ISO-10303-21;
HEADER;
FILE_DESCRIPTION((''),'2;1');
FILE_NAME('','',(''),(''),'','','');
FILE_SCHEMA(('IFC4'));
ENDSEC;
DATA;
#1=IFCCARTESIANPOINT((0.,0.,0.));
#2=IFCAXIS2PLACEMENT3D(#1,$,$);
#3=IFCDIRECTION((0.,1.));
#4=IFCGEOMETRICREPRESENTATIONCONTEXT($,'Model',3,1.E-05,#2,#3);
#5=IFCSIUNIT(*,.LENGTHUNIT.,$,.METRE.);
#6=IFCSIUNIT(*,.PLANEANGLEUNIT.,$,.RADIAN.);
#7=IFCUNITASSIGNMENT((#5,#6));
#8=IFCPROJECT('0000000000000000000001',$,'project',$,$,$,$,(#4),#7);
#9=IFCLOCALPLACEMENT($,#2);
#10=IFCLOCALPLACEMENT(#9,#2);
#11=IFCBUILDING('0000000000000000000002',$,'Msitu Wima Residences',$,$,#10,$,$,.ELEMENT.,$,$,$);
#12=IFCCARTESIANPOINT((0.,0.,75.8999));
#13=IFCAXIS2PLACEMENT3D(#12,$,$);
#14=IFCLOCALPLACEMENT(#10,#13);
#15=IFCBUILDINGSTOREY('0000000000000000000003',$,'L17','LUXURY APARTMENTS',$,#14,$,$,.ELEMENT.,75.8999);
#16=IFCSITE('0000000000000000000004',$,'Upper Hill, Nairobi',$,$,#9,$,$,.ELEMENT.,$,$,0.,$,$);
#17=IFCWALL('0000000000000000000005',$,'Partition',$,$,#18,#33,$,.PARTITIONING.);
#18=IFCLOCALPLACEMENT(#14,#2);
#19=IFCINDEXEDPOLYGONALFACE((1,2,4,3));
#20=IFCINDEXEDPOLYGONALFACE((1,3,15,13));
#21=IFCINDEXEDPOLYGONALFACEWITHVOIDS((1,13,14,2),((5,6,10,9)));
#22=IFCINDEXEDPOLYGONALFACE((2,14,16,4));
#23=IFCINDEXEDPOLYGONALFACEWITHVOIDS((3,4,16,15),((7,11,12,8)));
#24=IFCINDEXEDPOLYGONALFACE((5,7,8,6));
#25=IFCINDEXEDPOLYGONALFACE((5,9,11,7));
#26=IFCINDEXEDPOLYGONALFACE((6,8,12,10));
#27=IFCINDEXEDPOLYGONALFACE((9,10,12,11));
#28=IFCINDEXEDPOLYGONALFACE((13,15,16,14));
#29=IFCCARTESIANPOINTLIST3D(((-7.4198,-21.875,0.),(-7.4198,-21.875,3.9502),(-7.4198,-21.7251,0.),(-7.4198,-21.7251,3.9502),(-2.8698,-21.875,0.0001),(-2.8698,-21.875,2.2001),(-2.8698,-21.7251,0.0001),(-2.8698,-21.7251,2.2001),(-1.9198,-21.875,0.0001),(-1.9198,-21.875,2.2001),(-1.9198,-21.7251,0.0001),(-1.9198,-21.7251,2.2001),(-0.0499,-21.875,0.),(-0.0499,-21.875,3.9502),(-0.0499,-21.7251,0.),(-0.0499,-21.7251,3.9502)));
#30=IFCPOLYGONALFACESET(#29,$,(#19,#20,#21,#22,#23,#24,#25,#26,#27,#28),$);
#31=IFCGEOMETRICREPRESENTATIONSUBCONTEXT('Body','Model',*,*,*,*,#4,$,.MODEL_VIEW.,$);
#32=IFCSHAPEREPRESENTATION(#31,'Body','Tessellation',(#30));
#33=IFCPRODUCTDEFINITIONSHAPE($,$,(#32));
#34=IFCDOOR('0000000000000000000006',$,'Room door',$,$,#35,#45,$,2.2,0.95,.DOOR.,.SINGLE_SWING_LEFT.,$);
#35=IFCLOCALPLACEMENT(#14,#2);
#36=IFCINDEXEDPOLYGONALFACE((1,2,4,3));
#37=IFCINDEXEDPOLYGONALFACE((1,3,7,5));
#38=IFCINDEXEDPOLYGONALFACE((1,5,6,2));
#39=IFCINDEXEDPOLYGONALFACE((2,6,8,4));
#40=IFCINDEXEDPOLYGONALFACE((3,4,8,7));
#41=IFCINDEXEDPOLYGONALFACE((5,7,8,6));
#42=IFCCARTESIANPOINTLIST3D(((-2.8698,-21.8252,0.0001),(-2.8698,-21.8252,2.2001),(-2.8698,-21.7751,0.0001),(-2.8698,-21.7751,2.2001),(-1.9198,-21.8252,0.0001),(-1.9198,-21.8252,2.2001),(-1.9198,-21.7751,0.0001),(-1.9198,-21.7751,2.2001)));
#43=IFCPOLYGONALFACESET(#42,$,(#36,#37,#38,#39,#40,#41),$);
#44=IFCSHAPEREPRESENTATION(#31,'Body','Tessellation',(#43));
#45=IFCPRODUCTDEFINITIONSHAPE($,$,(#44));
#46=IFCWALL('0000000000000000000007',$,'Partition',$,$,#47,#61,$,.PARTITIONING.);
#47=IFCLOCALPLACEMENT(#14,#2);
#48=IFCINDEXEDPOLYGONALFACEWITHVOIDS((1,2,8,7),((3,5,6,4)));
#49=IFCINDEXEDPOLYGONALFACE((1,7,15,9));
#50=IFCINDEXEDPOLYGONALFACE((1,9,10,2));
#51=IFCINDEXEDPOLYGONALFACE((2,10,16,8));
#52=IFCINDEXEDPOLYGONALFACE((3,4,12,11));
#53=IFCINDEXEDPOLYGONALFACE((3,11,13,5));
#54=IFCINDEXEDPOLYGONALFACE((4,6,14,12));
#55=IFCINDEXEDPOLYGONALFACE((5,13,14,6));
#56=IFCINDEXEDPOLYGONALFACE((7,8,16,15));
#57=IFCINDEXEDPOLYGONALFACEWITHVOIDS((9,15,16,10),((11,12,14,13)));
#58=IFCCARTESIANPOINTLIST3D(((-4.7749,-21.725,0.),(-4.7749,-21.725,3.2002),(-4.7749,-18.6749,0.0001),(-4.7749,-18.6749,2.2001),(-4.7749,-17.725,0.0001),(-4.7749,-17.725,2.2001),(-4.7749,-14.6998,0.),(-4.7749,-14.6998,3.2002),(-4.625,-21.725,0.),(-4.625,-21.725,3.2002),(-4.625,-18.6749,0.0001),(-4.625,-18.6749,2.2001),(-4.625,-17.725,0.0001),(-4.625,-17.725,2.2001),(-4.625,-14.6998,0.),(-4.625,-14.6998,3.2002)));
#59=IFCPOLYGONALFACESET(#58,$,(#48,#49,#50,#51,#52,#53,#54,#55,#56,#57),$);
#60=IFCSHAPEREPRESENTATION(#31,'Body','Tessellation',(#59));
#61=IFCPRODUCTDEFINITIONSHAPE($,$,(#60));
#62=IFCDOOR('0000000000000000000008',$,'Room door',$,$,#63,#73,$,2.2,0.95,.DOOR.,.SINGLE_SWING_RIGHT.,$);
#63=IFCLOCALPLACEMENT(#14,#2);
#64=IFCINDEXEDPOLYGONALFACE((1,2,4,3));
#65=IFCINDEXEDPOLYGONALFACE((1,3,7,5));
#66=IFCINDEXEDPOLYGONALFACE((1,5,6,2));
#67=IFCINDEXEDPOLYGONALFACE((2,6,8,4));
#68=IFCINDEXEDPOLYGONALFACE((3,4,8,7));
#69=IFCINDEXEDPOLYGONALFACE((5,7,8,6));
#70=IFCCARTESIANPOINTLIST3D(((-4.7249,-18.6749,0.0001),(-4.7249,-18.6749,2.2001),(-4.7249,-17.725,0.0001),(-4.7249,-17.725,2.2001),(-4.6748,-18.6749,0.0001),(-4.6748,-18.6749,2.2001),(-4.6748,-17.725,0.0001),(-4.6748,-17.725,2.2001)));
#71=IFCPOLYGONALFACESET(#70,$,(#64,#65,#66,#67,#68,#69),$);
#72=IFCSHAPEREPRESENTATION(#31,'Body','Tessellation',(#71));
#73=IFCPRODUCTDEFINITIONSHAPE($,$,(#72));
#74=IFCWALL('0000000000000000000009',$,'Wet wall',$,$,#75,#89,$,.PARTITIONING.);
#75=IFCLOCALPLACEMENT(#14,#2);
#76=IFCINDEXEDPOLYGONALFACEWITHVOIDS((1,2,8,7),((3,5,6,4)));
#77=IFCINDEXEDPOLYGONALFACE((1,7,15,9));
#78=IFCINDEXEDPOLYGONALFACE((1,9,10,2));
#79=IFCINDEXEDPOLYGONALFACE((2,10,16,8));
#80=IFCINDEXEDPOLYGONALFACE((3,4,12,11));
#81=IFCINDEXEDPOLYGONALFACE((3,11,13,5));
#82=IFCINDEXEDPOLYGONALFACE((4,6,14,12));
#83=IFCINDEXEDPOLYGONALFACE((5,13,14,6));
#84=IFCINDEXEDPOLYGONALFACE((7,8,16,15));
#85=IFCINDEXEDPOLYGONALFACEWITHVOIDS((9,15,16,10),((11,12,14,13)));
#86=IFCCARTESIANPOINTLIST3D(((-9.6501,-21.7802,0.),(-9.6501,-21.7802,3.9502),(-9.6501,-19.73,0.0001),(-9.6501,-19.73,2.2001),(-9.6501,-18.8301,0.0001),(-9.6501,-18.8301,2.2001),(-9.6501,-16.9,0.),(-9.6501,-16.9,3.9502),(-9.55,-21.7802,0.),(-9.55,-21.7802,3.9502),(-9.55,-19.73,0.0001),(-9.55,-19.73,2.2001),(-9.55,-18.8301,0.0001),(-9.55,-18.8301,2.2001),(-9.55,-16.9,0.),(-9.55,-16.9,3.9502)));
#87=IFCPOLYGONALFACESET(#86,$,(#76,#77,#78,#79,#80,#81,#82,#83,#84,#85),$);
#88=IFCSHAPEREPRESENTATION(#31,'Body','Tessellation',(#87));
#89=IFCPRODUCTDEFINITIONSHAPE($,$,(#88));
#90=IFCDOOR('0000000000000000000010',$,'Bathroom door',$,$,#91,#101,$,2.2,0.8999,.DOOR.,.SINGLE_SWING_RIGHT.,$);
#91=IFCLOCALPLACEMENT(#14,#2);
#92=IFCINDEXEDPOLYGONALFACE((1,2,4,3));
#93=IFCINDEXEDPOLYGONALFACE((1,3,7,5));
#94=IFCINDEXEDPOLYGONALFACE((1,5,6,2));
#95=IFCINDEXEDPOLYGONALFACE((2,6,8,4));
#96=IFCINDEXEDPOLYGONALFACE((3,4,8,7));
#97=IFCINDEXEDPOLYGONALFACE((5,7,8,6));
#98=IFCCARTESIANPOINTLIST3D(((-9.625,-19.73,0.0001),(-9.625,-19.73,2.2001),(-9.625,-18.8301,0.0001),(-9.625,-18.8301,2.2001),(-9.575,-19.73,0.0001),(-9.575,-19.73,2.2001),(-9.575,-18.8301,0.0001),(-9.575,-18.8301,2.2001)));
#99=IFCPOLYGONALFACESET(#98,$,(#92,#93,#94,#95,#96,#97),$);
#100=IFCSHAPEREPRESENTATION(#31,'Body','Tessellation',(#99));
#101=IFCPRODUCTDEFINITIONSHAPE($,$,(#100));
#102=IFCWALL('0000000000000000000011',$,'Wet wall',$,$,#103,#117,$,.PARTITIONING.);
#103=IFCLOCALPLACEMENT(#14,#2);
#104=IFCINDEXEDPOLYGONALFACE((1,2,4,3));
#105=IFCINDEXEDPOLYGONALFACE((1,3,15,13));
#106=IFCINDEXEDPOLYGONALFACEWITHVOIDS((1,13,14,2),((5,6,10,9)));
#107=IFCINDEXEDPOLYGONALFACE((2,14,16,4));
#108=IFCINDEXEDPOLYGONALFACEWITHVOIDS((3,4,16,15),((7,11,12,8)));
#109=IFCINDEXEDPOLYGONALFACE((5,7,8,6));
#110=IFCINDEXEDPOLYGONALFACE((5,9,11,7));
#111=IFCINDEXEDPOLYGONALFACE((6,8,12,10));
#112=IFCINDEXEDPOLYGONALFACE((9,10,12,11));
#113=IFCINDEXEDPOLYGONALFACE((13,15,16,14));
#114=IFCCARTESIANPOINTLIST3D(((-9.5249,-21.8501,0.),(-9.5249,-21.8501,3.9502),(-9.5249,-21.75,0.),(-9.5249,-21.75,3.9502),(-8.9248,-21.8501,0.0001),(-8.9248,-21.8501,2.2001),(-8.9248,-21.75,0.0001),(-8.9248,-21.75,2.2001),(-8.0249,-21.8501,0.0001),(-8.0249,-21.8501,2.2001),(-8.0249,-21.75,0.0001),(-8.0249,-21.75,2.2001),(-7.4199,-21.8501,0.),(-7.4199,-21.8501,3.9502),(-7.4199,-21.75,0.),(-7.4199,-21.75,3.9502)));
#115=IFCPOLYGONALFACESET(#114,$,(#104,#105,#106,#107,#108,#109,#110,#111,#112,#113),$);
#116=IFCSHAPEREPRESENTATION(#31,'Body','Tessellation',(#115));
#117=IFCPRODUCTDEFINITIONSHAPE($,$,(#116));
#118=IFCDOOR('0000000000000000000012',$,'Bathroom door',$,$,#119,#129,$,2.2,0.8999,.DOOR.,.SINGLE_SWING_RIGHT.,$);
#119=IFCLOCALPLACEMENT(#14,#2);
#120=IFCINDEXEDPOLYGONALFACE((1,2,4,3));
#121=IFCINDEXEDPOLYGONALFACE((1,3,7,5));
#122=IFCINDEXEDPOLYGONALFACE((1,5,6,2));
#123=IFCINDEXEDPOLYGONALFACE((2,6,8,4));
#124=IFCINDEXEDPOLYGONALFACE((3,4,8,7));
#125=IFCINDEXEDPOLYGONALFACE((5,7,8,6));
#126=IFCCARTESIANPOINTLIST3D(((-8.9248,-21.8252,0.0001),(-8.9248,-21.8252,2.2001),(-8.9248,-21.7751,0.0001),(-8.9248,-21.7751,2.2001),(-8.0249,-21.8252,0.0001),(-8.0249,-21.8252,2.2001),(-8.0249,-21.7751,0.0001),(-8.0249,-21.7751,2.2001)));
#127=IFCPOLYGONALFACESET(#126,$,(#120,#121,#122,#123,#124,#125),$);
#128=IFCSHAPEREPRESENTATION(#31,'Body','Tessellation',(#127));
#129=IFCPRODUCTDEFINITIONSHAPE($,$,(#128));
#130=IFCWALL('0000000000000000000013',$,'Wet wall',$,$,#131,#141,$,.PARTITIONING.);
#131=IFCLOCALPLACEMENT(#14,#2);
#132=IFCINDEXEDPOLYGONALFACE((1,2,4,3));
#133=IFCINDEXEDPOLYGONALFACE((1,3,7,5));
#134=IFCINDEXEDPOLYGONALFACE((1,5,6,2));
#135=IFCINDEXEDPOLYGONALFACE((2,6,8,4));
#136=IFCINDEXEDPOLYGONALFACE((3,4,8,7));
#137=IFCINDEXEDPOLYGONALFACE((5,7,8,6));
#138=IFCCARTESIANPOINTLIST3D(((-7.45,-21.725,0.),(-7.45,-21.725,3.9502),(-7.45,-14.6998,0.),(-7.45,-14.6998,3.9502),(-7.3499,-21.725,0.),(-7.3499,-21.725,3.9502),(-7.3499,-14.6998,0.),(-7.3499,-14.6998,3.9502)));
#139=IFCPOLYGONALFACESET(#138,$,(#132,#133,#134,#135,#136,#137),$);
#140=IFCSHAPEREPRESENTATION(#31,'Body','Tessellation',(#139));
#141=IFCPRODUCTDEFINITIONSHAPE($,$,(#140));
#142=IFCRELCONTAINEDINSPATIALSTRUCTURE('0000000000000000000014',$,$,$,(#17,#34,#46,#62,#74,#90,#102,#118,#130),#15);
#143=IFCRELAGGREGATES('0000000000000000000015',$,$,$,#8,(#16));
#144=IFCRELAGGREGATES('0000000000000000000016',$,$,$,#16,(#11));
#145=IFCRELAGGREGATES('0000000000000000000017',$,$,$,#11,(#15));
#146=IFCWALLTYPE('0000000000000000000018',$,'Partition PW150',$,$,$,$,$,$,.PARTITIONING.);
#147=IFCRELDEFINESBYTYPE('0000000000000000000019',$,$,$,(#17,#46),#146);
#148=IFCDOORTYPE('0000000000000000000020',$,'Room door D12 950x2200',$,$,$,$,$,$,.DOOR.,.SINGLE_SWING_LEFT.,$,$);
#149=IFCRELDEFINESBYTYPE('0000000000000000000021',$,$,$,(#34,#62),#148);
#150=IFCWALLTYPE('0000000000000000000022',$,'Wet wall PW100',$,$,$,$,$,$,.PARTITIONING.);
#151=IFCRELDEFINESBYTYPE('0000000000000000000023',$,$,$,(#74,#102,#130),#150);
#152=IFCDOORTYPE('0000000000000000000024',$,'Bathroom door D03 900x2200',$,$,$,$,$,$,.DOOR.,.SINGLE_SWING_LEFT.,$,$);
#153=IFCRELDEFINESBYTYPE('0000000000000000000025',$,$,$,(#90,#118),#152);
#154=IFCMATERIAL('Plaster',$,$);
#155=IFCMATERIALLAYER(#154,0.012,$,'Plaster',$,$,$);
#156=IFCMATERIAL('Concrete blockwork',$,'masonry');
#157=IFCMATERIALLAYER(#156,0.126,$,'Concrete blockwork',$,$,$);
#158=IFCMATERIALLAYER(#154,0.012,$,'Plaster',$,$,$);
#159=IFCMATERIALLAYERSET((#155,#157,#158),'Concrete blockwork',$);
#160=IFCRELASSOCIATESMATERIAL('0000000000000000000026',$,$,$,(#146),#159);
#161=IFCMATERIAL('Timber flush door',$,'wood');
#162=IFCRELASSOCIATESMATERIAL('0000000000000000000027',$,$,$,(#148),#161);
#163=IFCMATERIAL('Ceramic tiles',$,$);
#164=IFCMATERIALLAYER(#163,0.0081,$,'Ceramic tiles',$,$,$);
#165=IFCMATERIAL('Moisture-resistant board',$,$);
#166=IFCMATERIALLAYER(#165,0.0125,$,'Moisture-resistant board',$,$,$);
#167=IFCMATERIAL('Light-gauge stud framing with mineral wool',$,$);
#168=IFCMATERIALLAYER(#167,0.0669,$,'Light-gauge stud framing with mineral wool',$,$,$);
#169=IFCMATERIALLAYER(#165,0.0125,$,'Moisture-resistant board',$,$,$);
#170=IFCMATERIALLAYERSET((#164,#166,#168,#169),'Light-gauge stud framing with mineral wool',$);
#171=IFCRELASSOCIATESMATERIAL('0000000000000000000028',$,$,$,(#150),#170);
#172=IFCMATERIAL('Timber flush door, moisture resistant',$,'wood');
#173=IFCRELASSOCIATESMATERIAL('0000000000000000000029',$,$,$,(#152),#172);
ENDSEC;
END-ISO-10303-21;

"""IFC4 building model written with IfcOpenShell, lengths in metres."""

from ifc_helpers import new_model, si_unit, direction, frame, frame_2d, origin, place, context, subcontext, project, spatial, rectangle, extrude, material, layer, layer_set, type_object, element, fill, save


model = new_model("IFC4")

# Units and contexts
model_context = context("Model", 3, precision=1e-05, world=origin(), true_north=direction((0.0, 1.0)))
body_context = subcontext(model_context, "Body", "Model", "MODEL_VIEW")
ifc_project = project(units=[si_unit("LENGTHUNIT", "METRE"), si_unit("PLANEANGLEUNIT", "RADIAN")], contexts=[model_context])

# Site, building, storey
site_placement = place(None, origin())
site = spatial("IfcSite", under=ifc_project, at=site_placement, Name="Upper Hill, Nairobi", CompositionType="ELEMENT", RefElevation=0.0)
building_placement = place(site_placement, origin())
building = spatial("IfcBuilding", under=site, at=building_placement, Name="Msitu Wima Residences", CompositionType="ELEMENT")
storey_placement = place(building_placement, frame((0.0, 0.0, 75.8999)))
storey = spatial("IfcBuildingStorey", under=building, at=storey_placement, Name="L17", Description="LUXURY APARTMENTS", CompositionType="ELEMENT", Elevation=75.8999)

# Shared definitions
ifc_material_1 = material(Name="Plaster")
ifc_layer_1 = layer(ifc_material_1, 0.012, Name="Plaster")
ifc_material_2 = material(Name="Concrete blockwork", Category="masonry")
ifc_layer_2 = layer(ifc_material_2, 0.126, Name="Concrete blockwork")
ifc_layer_3 = layer(ifc_material_1, 0.012, Name="Plaster")
ifc_layer_set_1 = layer_set([ifc_layer_1, ifc_layer_2, ifc_layer_3], Name="Concrete blockwork")
wall_type_1 = type_object("IfcWallType", Name="Partition PW150", PredefinedType="PARTITIONING", material=ifc_layer_set_1)
ifc_material_3 = material(Name="Timber flush door", Category="wood")
door_type_1 = type_object("IfcDoorType", Name="Room door D12 950x2200", OperationType="SINGLE_SWING_LEFT", PredefinedType="DOOR", material=ifc_material_3)

# Walls, openings, doors
wall_1_placement = place(storey_placement, frame((-7.4199, -21.8, 0.0), z_axis=(0.0, 0.0, 1.0), x_axis=(1.0, 0.0, 0.0)))
wall_1 = element("IfcWall", 1, at=wall_1_placement, inside=storey, type_object=wall_type_1, Name="Partition", PredefinedType="PARTITIONING", context=body_context, shape_type="SweptSolid", body=[
    extrude(rectangle(XDim=7.3699, YDim=0.1499, at=frame_2d((3.6851, 0.0))), origin(), (0.0, 0.0, 1.0), 3.9502),
])
opening_1_placement = place(wall_1_placement, frame((4.55, 0.0, 0.0)))
opening_1 = element("IfcOpeningElement", 2, at=opening_1_placement, cuts=wall_1, PredefinedType="OPENING", context=body_context, shape_type="SweptSolid", body=[
    extrude(rectangle(XDim=0.95, YDim=2.2, at=frame_2d((0.4751, 1.1001))), frame((0.0, 0.085, 0.0), z_axis=(0.0, -1.0, 0.0), x_axis=(1.0, 0.0, 0.0)), (0.0, 0.0, 1.0), 0.1699),
])
door_1_placement = place(opening_1_placement, origin())
door_1 = element("IfcDoor", 3, at=door_1_placement, inside=storey, type_object=door_type_1, Name="Room door", OperationType="SINGLE_SWING_LEFT", OverallHeight=2.2, OverallWidth=0.95, PredefinedType="DOOR", context=body_context, shape_type="SweptSolid", body=[
    extrude(rectangle(XDim=0.95, YDim=2.2, at=frame_2d((0.4751, 1.1001))), frame((0.0, 0.0249, 0.0), z_axis=(0.0, -1.0, 0.0), x_axis=(1.0, 0.0, 0.0)), (0.0, 0.0, 1.0), 0.05),
])
fill(opening_1, door_1)
wall_2_placement = place(storey_placement, frame((-4.7, -21.7251, 0.0), z_axis=(0.0, 0.0, 1.0), x_axis=(0.0, 1.0, 0.0)))
wall_2 = element("IfcWall", 4, at=wall_2_placement, inside=storey, type_object=wall_type_1, Name="Partition", PredefinedType="PARTITIONING", context=body_context, shape_type="SweptSolid", body=[
    extrude(rectangle(XDim=7.0251, YDim=0.1499, at=frame_2d((3.5127, 0.0))), origin(), (0.0, 0.0, 1.0), 3.2002),
])
opening_2_placement = place(wall_2_placement, frame((3.05, 0.0, 0.0)))
opening_2 = element("IfcOpeningElement", 5, at=opening_2_placement, cuts=wall_2, PredefinedType="OPENING", context=body_context, shape_type="SweptSolid", body=[
    extrude(rectangle(XDim=0.95, YDim=2.2, at=frame_2d((0.4751, 1.1001))), frame((0.0, 0.085, 0.0), z_axis=(0.0, -1.0, 0.0), x_axis=(1.0, 0.0, 0.0)), (0.0, 0.0, 1.0), 0.1699),
])
door_2_placement = place(opening_2_placement, origin())
door_2 = element("IfcDoor", 6, at=door_2_placement, inside=storey, type_object=door_type_1, Name="Room door", OperationType="SINGLE_SWING_RIGHT", OverallHeight=2.2, OverallWidth=0.95, PredefinedType="DOOR", context=body_context, shape_type="SweptSolid", body=[
    extrude(rectangle(XDim=0.95, YDim=2.2, at=frame_2d((0.4751, 1.1001))), frame((0.0, 0.0249, 0.0), z_axis=(0.0, -1.0, 0.0), x_axis=(1.0, 0.0, 0.0)), (0.0, 0.0, 1.0), 0.05),
])
fill(opening_2, door_2)
ifc_material_4 = material(Name="Ceramic tiles")
ifc_layer_4 = layer(ifc_material_4, 0.0081, Name="Ceramic tiles")
ifc_material_5 = material(Name="Moisture-resistant board")
ifc_layer_5 = layer(ifc_material_5, 0.0125, Name="Moisture-resistant board")
ifc_material_6 = material(Name="Light-gauge stud framing with mineral wool")
ifc_layer_6 = layer(ifc_material_6, 0.0669, Name="Light-gauge stud framing with mineral wool")
ifc_layer_7 = layer(ifc_material_5, 0.0125, Name="Moisture-resistant board")
ifc_layer_set_2 = layer_set([ifc_layer_4, ifc_layer_5, ifc_layer_6, ifc_layer_7], Name="Light-gauge stud framing with mineral wool")
wall_type_2 = type_object("IfcWallType", Name="Wet wall PW100", PredefinedType="PARTITIONING", material=ifc_layer_set_2)
wall_3_placement = place(storey_placement, frame((-9.6001, -21.78, 0.0), z_axis=(0.0, 0.0, 1.0), x_axis=(0.0, 1.0, 0.0)))
wall_3 = element("IfcWall", 7, at=wall_3_placement, inside=storey, type_object=wall_type_2, Name="Wet wall", PredefinedType="PARTITIONING", context=body_context, shape_type="SweptSolid", body=[
    extrude(rectangle(XDim=4.8801, YDim=0.1001, at=frame_2d((2.4399, 0.0))), origin(), (0.0, 0.0, 1.0), 3.9502),
])
opening_3_placement = place(wall_3_placement, frame((2.05, 0.0, 0.0)))
opening_3 = element("IfcOpeningElement", 8, at=opening_3_placement, cuts=wall_3, PredefinedType="OPENING", context=body_context, shape_type="SweptSolid", body=[
    extrude(rectangle(XDim=0.8999, YDim=2.2, at=frame_2d((0.45, 1.1001))), frame((0.0, 0.0601, 0.0), z_axis=(0.0, -1.0, 0.0), x_axis=(1.0, 0.0, 0.0)), (0.0, 0.0, 1.0), 0.1201),
])
ifc_material_7 = material(Name="Timber flush door, moisture resistant", Category="wood")
door_type_2 = type_object("IfcDoorType", Name="Bathroom door D03 900x2200", OperationType="SINGLE_SWING_LEFT", PredefinedType="DOOR", material=ifc_material_7)
door_3_placement = place(opening_3_placement, origin())
door_3 = element("IfcDoor", 9, at=door_3_placement, inside=storey, type_object=door_type_2, Name="Bathroom door", OperationType="SINGLE_SWING_RIGHT", OverallHeight=2.2, OverallWidth=0.8999, PredefinedType="DOOR", context=body_context, shape_type="SweptSolid", body=[
    extrude(rectangle(XDim=0.8999, YDim=2.2, at=frame_2d((0.45, 1.1001))), frame((0.0, 0.0249, 0.0), z_axis=(0.0, -1.0, 0.0), x_axis=(1.0, 0.0, 0.0)), (0.0, 0.0, 1.0), 0.05),
])
fill(opening_3, door_3)
wall_4_placement = place(storey_placement, frame((-9.5249, -21.8, 0.0), z_axis=(0.0, 0.0, 1.0), x_axis=(1.0, 0.0, 0.0)))
wall_4 = element("IfcWall", 10, at=wall_4_placement, inside=storey, type_object=wall_type_2, Name="Wet wall", PredefinedType="PARTITIONING", context=body_context, shape_type="SweptSolid", body=[
    extrude(rectangle(XDim=2.105, YDim=0.1001, at=frame_2d((1.0525, 0.0))), origin(), (0.0, 0.0, 1.0), 3.9502),
])
opening_4_placement = place(wall_4_placement, frame((0.6001, 0.0, 0.0)))
opening_4 = element("IfcOpeningElement", 11, at=opening_4_placement, cuts=wall_4, PredefinedType="OPENING", context=body_context, shape_type="SweptSolid", body=[
    extrude(rectangle(XDim=0.8999, YDim=2.2, at=frame_2d((0.45, 1.1001))), frame((0.0, 0.0601, 0.0), z_axis=(0.0, -1.0, 0.0), x_axis=(1.0, 0.0, 0.0)), (0.0, 0.0, 1.0), 0.1201),
])
door_4_placement = place(opening_4_placement, origin())
door_4 = element("IfcDoor", 12, at=door_4_placement, inside=storey, type_object=door_type_2, Name="Bathroom door", OperationType="SINGLE_SWING_RIGHT", OverallHeight=2.2, OverallWidth=0.8999, PredefinedType="DOOR", context=body_context, shape_type="SweptSolid", body=[
    extrude(rectangle(XDim=0.8999, YDim=2.2, at=frame_2d((0.45, 1.1001))), frame((0.0, 0.0249, 0.0), z_axis=(0.0, -1.0, 0.0), x_axis=(1.0, 0.0, 0.0)), (0.0, 0.0, 1.0), 0.05),
])
fill(opening_4, door_4)

# Wall
wall_5_placement = place(storey_placement, frame((-7.3999, -21.7251, 0.0), z_axis=(0.0, 0.0, 1.0), x_axis=(0.0, 1.0, 0.0)))
element("IfcWall", 13, at=wall_5_placement, inside=storey, type_object=wall_type_2, Name="Wet wall", PredefinedType="PARTITIONING", context=body_context, shape_type="SweptSolid", body=[
    extrude(rectangle(XDim=7.0251, YDim=0.1001, at=frame_2d((3.5127, 0.0))), origin(), (0.0, 0.0, 1.0), 3.9502),
])

save(model, "model.ifc")
